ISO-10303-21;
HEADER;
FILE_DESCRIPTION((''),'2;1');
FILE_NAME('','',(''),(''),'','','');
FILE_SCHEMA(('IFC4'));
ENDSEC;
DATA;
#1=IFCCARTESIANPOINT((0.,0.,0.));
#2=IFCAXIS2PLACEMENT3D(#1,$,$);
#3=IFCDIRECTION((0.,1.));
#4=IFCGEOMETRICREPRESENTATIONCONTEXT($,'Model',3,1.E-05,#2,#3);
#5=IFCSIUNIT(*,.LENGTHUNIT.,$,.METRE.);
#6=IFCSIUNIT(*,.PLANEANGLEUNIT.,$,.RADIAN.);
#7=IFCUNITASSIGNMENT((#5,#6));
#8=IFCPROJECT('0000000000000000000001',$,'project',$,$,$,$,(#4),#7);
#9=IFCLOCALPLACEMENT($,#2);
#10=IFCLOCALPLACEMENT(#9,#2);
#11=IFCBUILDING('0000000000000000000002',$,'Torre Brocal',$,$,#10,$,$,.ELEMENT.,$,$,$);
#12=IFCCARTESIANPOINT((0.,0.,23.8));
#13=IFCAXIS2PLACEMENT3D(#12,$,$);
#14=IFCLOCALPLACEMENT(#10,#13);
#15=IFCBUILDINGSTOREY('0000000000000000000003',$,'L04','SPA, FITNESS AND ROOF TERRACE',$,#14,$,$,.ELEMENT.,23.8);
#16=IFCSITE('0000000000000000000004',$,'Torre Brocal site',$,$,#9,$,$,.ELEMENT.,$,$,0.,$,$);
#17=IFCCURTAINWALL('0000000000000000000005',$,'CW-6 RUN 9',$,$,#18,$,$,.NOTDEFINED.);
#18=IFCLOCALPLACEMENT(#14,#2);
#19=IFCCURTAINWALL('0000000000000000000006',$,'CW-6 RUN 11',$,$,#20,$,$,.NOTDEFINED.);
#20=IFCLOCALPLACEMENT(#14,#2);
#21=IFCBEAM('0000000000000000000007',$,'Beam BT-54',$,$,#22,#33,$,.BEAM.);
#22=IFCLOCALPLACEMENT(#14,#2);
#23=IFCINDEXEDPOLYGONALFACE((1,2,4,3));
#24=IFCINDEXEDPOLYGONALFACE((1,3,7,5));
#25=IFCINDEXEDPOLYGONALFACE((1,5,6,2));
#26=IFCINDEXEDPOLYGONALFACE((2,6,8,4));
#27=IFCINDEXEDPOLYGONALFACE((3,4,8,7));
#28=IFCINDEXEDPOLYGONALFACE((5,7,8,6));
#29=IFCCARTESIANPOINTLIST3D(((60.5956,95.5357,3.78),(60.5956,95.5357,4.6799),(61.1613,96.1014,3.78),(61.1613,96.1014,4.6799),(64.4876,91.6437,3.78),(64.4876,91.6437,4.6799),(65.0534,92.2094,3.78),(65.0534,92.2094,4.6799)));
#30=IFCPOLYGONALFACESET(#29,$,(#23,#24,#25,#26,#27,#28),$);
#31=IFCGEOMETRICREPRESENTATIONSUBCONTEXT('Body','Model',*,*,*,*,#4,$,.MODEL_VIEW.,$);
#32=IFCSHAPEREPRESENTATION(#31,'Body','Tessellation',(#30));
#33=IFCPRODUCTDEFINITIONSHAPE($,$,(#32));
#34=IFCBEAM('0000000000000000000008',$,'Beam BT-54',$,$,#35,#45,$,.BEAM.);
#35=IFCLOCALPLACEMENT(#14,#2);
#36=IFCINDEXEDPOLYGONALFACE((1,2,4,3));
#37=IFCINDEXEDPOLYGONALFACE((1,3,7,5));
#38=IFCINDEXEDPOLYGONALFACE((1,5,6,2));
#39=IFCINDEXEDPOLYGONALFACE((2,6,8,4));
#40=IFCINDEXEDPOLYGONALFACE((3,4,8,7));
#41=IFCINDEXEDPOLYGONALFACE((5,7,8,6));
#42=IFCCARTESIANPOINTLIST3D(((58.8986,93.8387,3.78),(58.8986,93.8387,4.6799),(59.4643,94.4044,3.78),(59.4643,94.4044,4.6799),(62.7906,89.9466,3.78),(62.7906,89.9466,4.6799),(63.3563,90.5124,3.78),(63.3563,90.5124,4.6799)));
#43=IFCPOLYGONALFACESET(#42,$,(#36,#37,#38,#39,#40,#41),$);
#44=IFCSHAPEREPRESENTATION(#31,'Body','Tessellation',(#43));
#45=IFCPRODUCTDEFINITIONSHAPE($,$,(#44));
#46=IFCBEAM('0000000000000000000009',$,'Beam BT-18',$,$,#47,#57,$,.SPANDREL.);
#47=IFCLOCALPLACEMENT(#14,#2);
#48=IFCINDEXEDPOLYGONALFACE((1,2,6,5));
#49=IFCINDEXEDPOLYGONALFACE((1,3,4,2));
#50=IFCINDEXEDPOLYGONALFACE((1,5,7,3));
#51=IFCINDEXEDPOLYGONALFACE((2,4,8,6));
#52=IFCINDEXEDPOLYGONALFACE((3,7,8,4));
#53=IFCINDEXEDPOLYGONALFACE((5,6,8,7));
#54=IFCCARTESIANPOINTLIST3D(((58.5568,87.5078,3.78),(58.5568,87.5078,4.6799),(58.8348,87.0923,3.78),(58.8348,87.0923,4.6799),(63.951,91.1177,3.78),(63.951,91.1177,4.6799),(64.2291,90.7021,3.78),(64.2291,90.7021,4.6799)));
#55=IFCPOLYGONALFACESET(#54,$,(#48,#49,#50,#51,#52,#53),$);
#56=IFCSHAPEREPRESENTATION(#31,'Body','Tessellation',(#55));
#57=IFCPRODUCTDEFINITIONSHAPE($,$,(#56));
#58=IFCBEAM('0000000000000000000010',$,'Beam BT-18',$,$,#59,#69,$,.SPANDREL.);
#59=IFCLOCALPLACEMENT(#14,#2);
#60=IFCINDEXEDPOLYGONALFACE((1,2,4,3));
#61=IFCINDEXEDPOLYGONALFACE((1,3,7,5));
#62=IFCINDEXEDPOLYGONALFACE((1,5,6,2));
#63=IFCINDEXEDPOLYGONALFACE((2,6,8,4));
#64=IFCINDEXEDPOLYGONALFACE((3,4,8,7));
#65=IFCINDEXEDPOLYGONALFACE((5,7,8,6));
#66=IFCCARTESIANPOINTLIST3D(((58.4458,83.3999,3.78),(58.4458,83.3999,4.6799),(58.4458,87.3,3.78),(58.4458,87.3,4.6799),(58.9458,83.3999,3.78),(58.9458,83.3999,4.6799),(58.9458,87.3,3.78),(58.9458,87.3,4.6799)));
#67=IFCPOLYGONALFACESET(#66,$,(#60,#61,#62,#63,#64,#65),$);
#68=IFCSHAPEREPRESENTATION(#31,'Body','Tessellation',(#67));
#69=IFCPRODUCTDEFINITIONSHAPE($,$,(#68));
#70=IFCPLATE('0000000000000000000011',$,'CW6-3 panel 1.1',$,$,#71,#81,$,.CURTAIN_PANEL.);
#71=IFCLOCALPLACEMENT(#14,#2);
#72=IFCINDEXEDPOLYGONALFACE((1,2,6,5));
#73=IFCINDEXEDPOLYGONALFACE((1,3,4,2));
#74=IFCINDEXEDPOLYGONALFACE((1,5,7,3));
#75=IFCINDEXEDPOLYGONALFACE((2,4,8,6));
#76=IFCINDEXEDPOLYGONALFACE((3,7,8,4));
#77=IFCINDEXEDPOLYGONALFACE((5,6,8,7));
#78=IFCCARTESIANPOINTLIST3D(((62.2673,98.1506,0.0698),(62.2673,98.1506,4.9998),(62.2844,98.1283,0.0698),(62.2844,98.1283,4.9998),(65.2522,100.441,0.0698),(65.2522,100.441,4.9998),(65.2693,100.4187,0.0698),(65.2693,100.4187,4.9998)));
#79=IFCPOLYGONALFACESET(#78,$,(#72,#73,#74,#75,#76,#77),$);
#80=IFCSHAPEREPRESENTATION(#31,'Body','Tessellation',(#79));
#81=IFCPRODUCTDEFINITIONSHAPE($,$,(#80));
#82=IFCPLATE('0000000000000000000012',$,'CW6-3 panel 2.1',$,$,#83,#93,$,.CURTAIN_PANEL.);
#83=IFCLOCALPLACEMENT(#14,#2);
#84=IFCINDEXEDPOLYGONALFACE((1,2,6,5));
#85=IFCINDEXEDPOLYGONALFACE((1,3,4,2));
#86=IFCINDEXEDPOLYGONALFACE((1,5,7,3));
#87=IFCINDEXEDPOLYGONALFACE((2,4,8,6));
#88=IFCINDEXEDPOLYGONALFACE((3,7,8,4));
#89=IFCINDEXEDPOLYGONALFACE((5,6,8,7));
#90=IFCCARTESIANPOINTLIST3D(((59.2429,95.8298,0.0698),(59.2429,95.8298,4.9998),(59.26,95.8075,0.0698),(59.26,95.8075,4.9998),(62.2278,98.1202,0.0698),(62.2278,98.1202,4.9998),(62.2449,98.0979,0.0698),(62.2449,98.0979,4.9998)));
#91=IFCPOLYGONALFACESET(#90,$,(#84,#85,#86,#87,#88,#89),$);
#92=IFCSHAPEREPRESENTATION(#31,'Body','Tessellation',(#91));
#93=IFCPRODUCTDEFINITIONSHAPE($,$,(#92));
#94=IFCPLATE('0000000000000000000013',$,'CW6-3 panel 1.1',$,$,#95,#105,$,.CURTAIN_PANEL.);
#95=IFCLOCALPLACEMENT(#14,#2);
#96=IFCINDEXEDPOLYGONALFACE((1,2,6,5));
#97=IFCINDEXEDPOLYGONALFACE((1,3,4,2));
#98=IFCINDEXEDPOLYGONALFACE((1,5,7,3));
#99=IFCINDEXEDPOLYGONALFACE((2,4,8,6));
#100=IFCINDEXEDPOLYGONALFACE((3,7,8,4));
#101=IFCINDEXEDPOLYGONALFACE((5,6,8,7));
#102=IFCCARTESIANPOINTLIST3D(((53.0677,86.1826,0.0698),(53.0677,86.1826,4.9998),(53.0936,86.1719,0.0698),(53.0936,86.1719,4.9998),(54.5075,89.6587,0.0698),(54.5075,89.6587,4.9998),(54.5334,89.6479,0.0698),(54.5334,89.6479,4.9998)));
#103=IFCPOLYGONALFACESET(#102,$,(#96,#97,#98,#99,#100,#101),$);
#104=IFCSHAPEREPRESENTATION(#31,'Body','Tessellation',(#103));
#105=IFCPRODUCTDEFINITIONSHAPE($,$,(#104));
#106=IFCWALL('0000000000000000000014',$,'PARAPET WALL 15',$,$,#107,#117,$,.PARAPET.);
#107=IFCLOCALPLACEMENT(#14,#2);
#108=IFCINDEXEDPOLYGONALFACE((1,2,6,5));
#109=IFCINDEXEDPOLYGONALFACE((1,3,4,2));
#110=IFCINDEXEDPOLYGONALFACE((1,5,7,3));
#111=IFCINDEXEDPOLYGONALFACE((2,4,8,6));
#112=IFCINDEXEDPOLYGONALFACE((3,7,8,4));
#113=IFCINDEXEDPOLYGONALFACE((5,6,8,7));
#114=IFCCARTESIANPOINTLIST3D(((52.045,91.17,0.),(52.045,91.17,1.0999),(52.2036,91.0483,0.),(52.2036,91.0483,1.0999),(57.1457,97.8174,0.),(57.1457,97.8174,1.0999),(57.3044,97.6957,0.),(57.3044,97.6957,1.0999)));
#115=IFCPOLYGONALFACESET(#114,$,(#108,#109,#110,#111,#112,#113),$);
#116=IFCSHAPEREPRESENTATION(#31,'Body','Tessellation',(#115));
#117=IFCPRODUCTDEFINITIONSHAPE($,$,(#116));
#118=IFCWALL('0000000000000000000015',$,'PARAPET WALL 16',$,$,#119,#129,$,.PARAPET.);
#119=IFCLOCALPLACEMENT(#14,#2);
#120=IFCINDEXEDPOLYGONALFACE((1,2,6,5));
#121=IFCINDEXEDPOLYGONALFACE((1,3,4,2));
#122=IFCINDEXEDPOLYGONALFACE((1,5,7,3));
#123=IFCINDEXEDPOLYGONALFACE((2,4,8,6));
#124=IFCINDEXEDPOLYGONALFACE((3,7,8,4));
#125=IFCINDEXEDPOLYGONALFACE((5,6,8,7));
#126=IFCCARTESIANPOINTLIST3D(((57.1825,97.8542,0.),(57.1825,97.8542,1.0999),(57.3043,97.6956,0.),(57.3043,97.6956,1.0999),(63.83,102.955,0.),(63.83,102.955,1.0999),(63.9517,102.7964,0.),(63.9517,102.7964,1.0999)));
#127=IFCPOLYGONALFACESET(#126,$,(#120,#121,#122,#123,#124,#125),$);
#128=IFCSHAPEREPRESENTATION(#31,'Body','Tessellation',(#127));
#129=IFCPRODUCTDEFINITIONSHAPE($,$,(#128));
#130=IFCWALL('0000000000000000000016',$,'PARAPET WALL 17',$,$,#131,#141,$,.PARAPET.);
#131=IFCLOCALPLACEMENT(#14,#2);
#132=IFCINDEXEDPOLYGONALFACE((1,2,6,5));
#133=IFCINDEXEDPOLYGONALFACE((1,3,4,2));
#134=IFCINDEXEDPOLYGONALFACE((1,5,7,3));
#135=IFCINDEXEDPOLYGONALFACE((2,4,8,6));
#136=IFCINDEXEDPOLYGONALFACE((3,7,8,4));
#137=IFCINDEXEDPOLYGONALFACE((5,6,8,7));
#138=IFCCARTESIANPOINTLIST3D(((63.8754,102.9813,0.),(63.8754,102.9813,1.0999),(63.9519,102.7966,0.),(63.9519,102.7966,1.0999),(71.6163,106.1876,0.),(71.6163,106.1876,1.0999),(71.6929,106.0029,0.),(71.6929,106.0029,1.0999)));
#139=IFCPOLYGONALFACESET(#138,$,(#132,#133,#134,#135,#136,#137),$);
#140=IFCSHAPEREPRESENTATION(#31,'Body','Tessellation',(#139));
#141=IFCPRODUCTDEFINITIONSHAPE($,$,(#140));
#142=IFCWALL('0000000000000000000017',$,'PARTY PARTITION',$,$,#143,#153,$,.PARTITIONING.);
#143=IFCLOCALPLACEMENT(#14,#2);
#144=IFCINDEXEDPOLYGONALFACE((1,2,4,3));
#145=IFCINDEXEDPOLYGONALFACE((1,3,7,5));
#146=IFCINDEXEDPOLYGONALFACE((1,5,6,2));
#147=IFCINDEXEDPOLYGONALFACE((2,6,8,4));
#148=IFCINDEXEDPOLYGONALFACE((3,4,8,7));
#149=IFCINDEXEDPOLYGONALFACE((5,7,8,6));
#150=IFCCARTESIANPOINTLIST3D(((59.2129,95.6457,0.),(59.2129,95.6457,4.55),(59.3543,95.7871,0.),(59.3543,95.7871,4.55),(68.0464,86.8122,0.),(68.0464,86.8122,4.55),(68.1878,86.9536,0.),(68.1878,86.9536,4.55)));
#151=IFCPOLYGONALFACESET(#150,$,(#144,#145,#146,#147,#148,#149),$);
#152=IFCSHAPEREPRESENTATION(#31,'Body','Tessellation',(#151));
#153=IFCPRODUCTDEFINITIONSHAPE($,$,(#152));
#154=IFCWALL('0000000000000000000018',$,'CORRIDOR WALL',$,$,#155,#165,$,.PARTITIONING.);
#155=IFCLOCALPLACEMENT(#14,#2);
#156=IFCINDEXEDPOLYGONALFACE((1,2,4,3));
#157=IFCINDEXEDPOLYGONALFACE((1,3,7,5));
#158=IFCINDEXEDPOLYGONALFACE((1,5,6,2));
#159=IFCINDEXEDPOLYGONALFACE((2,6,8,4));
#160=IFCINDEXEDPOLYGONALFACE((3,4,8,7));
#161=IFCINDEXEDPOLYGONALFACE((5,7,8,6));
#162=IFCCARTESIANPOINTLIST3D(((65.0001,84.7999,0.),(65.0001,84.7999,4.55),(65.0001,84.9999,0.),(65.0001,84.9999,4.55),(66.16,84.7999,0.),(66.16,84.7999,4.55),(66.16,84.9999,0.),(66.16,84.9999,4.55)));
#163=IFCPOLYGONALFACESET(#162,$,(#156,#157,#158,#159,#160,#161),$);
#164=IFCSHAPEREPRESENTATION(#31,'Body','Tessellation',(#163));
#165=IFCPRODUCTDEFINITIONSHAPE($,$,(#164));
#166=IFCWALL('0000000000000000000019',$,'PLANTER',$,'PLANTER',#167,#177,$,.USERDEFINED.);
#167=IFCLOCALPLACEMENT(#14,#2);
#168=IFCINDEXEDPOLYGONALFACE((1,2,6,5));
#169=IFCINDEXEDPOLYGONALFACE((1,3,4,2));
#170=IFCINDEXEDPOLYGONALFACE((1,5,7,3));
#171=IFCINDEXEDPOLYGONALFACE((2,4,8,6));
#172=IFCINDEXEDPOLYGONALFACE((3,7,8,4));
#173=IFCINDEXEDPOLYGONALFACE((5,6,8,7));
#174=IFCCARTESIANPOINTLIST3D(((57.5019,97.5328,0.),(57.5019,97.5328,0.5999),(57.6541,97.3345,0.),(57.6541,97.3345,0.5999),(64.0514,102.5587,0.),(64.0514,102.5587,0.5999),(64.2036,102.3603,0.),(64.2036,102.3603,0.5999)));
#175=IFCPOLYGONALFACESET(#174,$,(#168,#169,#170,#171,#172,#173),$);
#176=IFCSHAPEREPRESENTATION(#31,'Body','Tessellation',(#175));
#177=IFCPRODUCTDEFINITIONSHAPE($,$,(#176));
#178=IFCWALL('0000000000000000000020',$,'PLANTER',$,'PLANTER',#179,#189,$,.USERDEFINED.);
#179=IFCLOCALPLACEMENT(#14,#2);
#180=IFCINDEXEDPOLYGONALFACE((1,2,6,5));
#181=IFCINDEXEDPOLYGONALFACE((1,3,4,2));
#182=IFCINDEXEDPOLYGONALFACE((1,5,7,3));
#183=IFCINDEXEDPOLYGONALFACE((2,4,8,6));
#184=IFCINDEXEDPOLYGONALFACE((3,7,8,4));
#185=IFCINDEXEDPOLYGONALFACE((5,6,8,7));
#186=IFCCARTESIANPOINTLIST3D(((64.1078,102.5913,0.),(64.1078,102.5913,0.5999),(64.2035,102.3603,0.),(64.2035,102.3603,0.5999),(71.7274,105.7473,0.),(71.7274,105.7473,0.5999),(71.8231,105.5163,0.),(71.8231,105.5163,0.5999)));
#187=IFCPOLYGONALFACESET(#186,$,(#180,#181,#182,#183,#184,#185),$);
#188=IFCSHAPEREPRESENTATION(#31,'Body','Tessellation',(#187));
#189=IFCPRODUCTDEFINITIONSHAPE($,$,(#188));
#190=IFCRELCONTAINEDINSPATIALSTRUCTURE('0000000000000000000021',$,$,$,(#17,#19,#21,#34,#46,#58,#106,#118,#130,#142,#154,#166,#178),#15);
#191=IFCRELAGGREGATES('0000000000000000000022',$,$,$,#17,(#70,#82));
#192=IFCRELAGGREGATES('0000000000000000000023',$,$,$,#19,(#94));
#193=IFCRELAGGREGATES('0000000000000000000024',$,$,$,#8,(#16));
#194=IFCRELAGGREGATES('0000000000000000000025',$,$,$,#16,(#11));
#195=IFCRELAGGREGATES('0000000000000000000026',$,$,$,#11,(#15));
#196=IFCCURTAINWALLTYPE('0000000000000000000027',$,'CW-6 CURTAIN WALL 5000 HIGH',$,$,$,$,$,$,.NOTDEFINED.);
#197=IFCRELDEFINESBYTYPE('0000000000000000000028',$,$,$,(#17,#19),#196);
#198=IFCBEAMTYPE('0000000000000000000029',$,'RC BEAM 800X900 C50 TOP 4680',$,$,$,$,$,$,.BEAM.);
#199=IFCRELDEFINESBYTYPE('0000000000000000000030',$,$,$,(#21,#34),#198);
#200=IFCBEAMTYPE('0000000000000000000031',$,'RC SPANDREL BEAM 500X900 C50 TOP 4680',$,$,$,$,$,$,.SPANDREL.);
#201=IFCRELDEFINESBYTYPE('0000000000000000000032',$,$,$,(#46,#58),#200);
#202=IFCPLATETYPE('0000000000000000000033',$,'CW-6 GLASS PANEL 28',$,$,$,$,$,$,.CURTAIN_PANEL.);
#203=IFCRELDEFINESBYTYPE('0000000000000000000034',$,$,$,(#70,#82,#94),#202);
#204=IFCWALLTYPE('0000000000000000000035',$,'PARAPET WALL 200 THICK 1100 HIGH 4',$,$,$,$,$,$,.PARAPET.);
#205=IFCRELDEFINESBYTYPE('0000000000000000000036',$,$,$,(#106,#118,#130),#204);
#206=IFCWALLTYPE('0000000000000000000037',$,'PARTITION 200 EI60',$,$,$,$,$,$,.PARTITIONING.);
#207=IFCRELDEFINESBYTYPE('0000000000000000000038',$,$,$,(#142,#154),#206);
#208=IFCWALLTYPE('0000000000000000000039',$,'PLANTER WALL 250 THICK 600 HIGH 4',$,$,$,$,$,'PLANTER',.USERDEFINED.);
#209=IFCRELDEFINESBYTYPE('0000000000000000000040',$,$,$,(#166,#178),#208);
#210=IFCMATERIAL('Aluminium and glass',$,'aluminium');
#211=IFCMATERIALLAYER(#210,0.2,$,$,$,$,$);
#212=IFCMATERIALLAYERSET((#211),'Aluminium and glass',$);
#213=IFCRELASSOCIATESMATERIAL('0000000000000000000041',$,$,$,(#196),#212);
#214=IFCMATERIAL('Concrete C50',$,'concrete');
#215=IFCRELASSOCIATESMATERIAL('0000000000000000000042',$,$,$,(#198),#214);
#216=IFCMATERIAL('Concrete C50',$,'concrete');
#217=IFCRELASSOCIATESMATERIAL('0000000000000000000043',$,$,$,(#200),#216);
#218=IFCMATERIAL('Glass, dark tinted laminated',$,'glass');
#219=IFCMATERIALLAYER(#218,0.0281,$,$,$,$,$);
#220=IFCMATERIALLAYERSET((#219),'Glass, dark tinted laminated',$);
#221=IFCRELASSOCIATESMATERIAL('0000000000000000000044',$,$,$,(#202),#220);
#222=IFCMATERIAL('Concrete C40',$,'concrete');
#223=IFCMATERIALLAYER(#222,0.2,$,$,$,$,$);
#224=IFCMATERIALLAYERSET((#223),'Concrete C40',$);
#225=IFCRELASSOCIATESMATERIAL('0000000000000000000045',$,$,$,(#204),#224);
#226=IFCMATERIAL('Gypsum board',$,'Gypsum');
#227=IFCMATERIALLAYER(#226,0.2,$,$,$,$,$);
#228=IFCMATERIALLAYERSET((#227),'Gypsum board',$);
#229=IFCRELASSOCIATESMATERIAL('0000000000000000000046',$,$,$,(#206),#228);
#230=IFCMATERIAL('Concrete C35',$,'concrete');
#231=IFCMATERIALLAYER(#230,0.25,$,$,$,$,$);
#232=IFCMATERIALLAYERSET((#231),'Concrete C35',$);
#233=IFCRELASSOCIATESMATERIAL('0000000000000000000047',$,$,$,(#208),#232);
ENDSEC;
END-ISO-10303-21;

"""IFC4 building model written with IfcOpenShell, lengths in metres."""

from ifc_helpers import new_model, si_unit, direction, frame, frame_2d, origin, origin_2d, place, context, subcontext, project, spatial, rectangle, extrude, material, layer, layer_set, material_profile, profile_set, type_object, element, aggregate, save


model = new_model("IFC4")

# Units and contexts
model_context = context("Model", 3, precision=1e-05, world=origin(), true_north=direction((0.0, 1.0)))
body_context = subcontext(model_context, "Body", "Model", "MODEL_VIEW")
ifc_project = project(units=[si_unit("LENGTHUNIT", "METRE"), si_unit("PLANEANGLEUNIT", "RADIAN")], contexts=[model_context])

# Site, building, storey
site_placement = place(None, origin())
site = spatial("IfcSite", under=ifc_project, at=site_placement, Name="Torre Brocal site", CompositionType="ELEMENT", RefElevation=0.0)
building_placement = place(site_placement, origin())
building = spatial("IfcBuilding", under=site, at=building_placement, Name="Torre Brocal", CompositionType="ELEMENT")
storey_placement = place(building_placement, frame((0.0, 0.0, 23.8)))
storey = spatial("IfcBuildingStorey", under=building, at=storey_placement, Name="L04", Description="SPA, FITNESS AND ROOF TERRACE", CompositionType="ELEMENT", Elevation=23.8)

# Curtain walls
ifc_material_1 = material(Name="Aluminium and glass", Category="aluminium")
ifc_layer_1 = layer(ifc_material_1, 0.2)
ifc_layer_set_1 = layer_set([ifc_layer_1], Name="Aluminium and glass")
curtain_wall_type = type_object("IfcCurtainWallType", Name="CW-6 CURTAIN WALL 5000 HIGH", PredefinedType="NOTDEFINED", material=ifc_layer_set_1)
curtain_wall_1_placement = place(storey_placement, origin())
curtain_wall_1 = element("IfcCurtainWall", 1, at=curtain_wall_1_placement, inside=storey, type_object=curtain_wall_type, Name="CW-6 RUN 9", PredefinedType="NOTDEFINED")
curtain_wall_2_placement = place(storey_placement, origin())
curtain_wall_2 = element("IfcCurtainWall", 2, at=curtain_wall_2_placement, inside=storey, type_object=curtain_wall_type, Name="CW-6 RUN 11", PredefinedType="NOTDEFINED")

# Beams
ifc_material_2 = material(Name="Concrete C50", Category="concrete")
ifc_material_profile_1 = material_profile(ifc_material_2, rectangle(XDim=0.8, YDim=0.8999, at=origin_2d()), Name="RC 800X900")
ifc_profile_set_1 = profile_set([ifc_material_profile_1], Name="Concrete C50")
beam_type_1 = type_object("IfcBeamType", Name="RC BEAM 800X900 C50 TOP 4680", PredefinedType="BEAM", material=ifc_profile_set_1)
for number, where, z_axis, x_axis, name in (
    (3, (64.7705, 91.9265, 4.23), (-0.707107, 0.707107, 0.0), (-0.707107, -0.707107, 0.0), "Beam BT-54"),
    (4, (63.0735, 90.2295, 4.23), (-0.707107, 0.707107, 0.0), (-0.707107, -0.707107, 0.0), "Beam BT-54"),
):
    element("IfcBeam", number, at=place(storey_placement, frame(where, z_axis=z_axis, x_axis=x_axis)), inside=storey, type_object=beam_type_1, Name=name, PredefinedType="BEAM", context=body_context, shape_type="SweptSolid", body=[
        extrude(rectangle(XDim=0.8, YDim=0.8999, at=origin_2d()), origin(), (0.0, 0.0, 1.0), 5.5042),
    ])
ifc_material_3 = material(Name="Concrete C50", Category="concrete")
ifc_material_profile_2 = material_profile(ifc_material_3, rectangle(XDim=0.5, YDim=0.8999, at=origin_2d()), Name="RC 500X900")
ifc_profile_set_2 = profile_set([ifc_material_profile_2], Name="Concrete C50")
beam_type_2 = type_object("IfcBeamType", Name="RC SPANDREL BEAM 500X900 C50 TOP 4680", PredefinedType="SPANDREL", material=ifc_profile_set_2)
beam_1_placement = place(storey_placement, frame((64.0901, 90.9099, 4.23), z_axis=(-0.831077, -0.556158, 0.0), x_axis=(0.556158, -0.831077, 0.0)))
element("IfcBeam", 5, at=beam_1_placement, inside=storey, type_object=beam_type_2, Name="Beam BT-18", PredefinedType="SPANDREL", context=body_context, shape_type="SweptSolid", body=[
    extrude(rectangle(XDim=0.5, YDim=0.8999, at=origin_2d()), origin(), (0.0, 0.0, 1.0), 6.4907),
])
beam_2_placement = place(storey_placement, frame((58.6958, 87.3, 4.23), z_axis=(0.0, -1.0, 0.0), x_axis=(1.0, 0.0, 0.0)))
element("IfcBeam", 6, at=beam_2_placement, inside=storey, type_object=beam_type_2, Name="Beam BT-18", PredefinedType="SPANDREL", context=body_context, shape_type="SweptSolid", body=[
    extrude(rectangle(XDim=0.5, YDim=0.8999, at=origin_2d()), origin(), (0.0, 0.0, 1.0), 3.9001),
])

# Plates
ifc_material_4 = material(Name="Glass, dark tinted laminated", Category="glass")
ifc_layer_2 = layer(ifc_material_4, 0.0281)
ifc_layer_set_2 = layer_set([ifc_layer_2], Name="Glass, dark tinted laminated")
plate_type = type_object("IfcPlateType", Name="CW-6 GLASS PANEL 28", PredefinedType="CURTAIN_PANEL", material=ifc_layer_set_2)
plate_1_placement = place(storey_placement, frame((63.7683, 99.2847, 0.0698), z_axis=(0.0, 0.0, 1.0), x_axis=(-0.793353, -0.608761, 0.0)))
plate_1 = element("IfcPlate", 7, at=plate_1_placement, type_object=plate_type, Name="CW6-3 panel 1.1", PredefinedType="CURTAIN_PANEL", context=body_context, shape_type="SweptSolid", body=[
    extrude(rectangle(XDim=3.7625, YDim=0.0281, at=origin_2d()), origin(), (0.0, 0.0, 1.0), 4.9299),
])
plate_2_placement = place(storey_placement, frame((60.7439, 96.9639, 0.0698), z_axis=(0.0, 0.0, 1.0), x_axis=(-0.793353, -0.608761, 0.0)))
plate_2 = element("IfcPlate", 8, at=plate_2_placement, type_object=plate_type, Name="CW6-3 panel 2.1", PredefinedType="CURTAIN_PANEL", context=body_context, shape_type="SweptSolid", body=[
    extrude(rectangle(XDim=3.7625, YDim=0.0281, at=origin_2d()), origin(), (0.0, 0.0, 1.0), 4.9299),
])
aggregate(curtain_wall_1, [plate_1, plate_2])
plate_3_placement = place(storey_placement, frame((53.8005, 87.9153, 0.0698), z_axis=(0.0, 0.0, 1.0), x_axis=(-0.382683, -0.92388, 0.0)))
plate_3 = element("IfcPlate", 9, at=plate_3_placement, type_object=plate_type, Name="CW6-3 panel 1.1", PredefinedType="CURTAIN_PANEL", context=body_context, shape_type="SweptSolid", body=[
    extrude(rectangle(XDim=3.7625, YDim=0.0281, at=origin_2d()), origin(), (0.0, 0.0, 1.0), 4.9299),
])
aggregate(curtain_wall_2, [plate_3])

# Walls
ifc_material_5 = material(Name="Concrete C40", Category="concrete")
ifc_layer_3 = layer(ifc_material_5, 0.2)
ifc_layer_set_3 = layer_set([ifc_layer_3], Name="Concrete C40")
wall_type_1 = type_object("IfcWallType", Name="PARAPET WALL 200 THICK 1100 HIGH 4", PredefinedType="PARAPET", material=ifc_layer_set_3)
for number, where, z_axis, x_axis, name in (
    (10, (52.1243, 91.1091, 0.0), (0.0, 0.0, 1.0), (0.608765, 0.79335, 0.0), "PARAPET WALL 15"),
    (11, (57.2434, 97.7749, 0.0), (0.0, 0.0, 1.0), (0.79335, 0.608765, 0.0), "PARAPET WALL 16"),
):
    element("IfcWall", number, at=place(storey_placement, frame(where, z_axis=z_axis, x_axis=x_axis)), inside=storey, type_object=wall_type_1, Name=name, PredefinedType="PARAPET", context=body_context, shape_type="SweptSolid", body=[
        extrude(rectangle(XDim=8.3789, YDim=0.2, at=frame_2d((4.1895, 0.0))), origin(), (0.0, 0.0, 1.0), 1.0999),
    ])
wall_1_placement = place(storey_placement, frame((63.9136, 102.8889, 0.0), z_axis=(0.0, 0.0, 1.0), x_axis=(0.923884, 0.382672, 0.0)))
element("IfcWall", 12, at=wall_1_placement, inside=storey, type_object=wall_type_1, Name="PARAPET WALL 17", PredefinedType="PARAPET", context=body_context, shape_type="SweptSolid", body=[
    extrude(rectangle(XDim=8.3787, YDim=0.2, at=frame_2d((4.1895, 0.0))), origin(), (0.0, 0.0, 1.0), 1.0999),
])
ifc_material_6 = material(Name="Gypsum board", Category="Gypsum")
ifc_layer_4 = layer(ifc_material_6, 0.2)
ifc_layer_set_4 = layer_set([ifc_layer_4], Name="Gypsum board")
wall_type_2 = type_object("IfcWallType", Name="PARTITION 200 EI60", PredefinedType="PARTITIONING", material=ifc_layer_set_4)
wall_2_placement = place(storey_placement, frame((59.2837, 95.7163, 0.0), z_axis=(0.0, 0.0, 1.0), x_axis=(0.707107, -0.707107, 0.0)))
element("IfcWall", 13, at=wall_2_placement, inside=storey, type_object=wall_type_2, Name="PARTY PARTITION", PredefinedType="PARTITIONING", context=body_context, shape_type="SweptSolid", body=[
    extrude(rectangle(XDim=12.4924, YDim=0.2, at=frame_2d((6.2461, 0.0))), origin(), (0.0, 0.0, 1.0), 4.55),
])
wall_3_placement = place(storey_placement, frame((65.0, 84.8999, 0.0), z_axis=(0.0, 0.0, 1.0), x_axis=(1.0, 0.0, 0.0)))
element("IfcWall", 14, at=wall_3_placement, inside=storey, type_object=wall_type_2, Name="CORRIDOR WALL", PredefinedType="PARTITIONING", context=body_context, shape_type="SweptSolid", body=[
    extrude(rectangle(XDim=1.1599, YDim=0.2, at=frame_2d((0.5801, 0.0))), origin(), (0.0, 0.0, 1.0), 4.55),
])
ifc_material_7 = material(Name="Concrete C35", Category="concrete")
ifc_layer_5 = layer(ifc_material_7, 0.25)
ifc_layer_set_5 = layer_set([ifc_layer_5], Name="Concrete C35")
wall_type_3 = type_object("IfcWallType", Name="PLANTER WALL 250 THICK 600 HIGH 4", ElementType="PLANTER", PredefinedType="USERDEFINED", material=ifc_layer_set_5)
wall_4_placement = place(storey_placement, frame((57.5779, 97.4336, 0.0), z_axis=(0.0, 0.0, 1.0), x_axis=(0.79334, 0.608779, 0.0)))
element("IfcWall", 15, at=wall_4_placement, inside=storey, type_object=wall_type_3, Name="PLANTER", ObjectType="PLANTER", PredefinedType="USERDEFINED", context=body_context, shape_type="SweptSolid", body=[
    extrude(rectangle(XDim=8.2556, YDim=0.25, at=frame_2d((4.1279, 0.0))), origin(), (0.0, 0.0, 1.0), 0.5999),
])
wall_5_placement = place(storey_placement, frame((64.1558, 102.4758, 0.0), z_axis=(0.0, 0.0, 1.0), x_axis=(0.923886, 0.382668, 0.0)))
element("IfcWall", 16, at=wall_5_placement, inside=storey, type_object=wall_type_3, Name="PLANTER", ObjectType="PLANTER", PredefinedType="USERDEFINED", context=body_context, shape_type="SweptSolid", body=[
    extrude(rectangle(XDim=8.2473, YDim=0.25, at=frame_2d((4.1235, 0.0))), origin(), (0.0, 0.0, 1.0), 0.5999),
])

save(model, "model.ifc")
